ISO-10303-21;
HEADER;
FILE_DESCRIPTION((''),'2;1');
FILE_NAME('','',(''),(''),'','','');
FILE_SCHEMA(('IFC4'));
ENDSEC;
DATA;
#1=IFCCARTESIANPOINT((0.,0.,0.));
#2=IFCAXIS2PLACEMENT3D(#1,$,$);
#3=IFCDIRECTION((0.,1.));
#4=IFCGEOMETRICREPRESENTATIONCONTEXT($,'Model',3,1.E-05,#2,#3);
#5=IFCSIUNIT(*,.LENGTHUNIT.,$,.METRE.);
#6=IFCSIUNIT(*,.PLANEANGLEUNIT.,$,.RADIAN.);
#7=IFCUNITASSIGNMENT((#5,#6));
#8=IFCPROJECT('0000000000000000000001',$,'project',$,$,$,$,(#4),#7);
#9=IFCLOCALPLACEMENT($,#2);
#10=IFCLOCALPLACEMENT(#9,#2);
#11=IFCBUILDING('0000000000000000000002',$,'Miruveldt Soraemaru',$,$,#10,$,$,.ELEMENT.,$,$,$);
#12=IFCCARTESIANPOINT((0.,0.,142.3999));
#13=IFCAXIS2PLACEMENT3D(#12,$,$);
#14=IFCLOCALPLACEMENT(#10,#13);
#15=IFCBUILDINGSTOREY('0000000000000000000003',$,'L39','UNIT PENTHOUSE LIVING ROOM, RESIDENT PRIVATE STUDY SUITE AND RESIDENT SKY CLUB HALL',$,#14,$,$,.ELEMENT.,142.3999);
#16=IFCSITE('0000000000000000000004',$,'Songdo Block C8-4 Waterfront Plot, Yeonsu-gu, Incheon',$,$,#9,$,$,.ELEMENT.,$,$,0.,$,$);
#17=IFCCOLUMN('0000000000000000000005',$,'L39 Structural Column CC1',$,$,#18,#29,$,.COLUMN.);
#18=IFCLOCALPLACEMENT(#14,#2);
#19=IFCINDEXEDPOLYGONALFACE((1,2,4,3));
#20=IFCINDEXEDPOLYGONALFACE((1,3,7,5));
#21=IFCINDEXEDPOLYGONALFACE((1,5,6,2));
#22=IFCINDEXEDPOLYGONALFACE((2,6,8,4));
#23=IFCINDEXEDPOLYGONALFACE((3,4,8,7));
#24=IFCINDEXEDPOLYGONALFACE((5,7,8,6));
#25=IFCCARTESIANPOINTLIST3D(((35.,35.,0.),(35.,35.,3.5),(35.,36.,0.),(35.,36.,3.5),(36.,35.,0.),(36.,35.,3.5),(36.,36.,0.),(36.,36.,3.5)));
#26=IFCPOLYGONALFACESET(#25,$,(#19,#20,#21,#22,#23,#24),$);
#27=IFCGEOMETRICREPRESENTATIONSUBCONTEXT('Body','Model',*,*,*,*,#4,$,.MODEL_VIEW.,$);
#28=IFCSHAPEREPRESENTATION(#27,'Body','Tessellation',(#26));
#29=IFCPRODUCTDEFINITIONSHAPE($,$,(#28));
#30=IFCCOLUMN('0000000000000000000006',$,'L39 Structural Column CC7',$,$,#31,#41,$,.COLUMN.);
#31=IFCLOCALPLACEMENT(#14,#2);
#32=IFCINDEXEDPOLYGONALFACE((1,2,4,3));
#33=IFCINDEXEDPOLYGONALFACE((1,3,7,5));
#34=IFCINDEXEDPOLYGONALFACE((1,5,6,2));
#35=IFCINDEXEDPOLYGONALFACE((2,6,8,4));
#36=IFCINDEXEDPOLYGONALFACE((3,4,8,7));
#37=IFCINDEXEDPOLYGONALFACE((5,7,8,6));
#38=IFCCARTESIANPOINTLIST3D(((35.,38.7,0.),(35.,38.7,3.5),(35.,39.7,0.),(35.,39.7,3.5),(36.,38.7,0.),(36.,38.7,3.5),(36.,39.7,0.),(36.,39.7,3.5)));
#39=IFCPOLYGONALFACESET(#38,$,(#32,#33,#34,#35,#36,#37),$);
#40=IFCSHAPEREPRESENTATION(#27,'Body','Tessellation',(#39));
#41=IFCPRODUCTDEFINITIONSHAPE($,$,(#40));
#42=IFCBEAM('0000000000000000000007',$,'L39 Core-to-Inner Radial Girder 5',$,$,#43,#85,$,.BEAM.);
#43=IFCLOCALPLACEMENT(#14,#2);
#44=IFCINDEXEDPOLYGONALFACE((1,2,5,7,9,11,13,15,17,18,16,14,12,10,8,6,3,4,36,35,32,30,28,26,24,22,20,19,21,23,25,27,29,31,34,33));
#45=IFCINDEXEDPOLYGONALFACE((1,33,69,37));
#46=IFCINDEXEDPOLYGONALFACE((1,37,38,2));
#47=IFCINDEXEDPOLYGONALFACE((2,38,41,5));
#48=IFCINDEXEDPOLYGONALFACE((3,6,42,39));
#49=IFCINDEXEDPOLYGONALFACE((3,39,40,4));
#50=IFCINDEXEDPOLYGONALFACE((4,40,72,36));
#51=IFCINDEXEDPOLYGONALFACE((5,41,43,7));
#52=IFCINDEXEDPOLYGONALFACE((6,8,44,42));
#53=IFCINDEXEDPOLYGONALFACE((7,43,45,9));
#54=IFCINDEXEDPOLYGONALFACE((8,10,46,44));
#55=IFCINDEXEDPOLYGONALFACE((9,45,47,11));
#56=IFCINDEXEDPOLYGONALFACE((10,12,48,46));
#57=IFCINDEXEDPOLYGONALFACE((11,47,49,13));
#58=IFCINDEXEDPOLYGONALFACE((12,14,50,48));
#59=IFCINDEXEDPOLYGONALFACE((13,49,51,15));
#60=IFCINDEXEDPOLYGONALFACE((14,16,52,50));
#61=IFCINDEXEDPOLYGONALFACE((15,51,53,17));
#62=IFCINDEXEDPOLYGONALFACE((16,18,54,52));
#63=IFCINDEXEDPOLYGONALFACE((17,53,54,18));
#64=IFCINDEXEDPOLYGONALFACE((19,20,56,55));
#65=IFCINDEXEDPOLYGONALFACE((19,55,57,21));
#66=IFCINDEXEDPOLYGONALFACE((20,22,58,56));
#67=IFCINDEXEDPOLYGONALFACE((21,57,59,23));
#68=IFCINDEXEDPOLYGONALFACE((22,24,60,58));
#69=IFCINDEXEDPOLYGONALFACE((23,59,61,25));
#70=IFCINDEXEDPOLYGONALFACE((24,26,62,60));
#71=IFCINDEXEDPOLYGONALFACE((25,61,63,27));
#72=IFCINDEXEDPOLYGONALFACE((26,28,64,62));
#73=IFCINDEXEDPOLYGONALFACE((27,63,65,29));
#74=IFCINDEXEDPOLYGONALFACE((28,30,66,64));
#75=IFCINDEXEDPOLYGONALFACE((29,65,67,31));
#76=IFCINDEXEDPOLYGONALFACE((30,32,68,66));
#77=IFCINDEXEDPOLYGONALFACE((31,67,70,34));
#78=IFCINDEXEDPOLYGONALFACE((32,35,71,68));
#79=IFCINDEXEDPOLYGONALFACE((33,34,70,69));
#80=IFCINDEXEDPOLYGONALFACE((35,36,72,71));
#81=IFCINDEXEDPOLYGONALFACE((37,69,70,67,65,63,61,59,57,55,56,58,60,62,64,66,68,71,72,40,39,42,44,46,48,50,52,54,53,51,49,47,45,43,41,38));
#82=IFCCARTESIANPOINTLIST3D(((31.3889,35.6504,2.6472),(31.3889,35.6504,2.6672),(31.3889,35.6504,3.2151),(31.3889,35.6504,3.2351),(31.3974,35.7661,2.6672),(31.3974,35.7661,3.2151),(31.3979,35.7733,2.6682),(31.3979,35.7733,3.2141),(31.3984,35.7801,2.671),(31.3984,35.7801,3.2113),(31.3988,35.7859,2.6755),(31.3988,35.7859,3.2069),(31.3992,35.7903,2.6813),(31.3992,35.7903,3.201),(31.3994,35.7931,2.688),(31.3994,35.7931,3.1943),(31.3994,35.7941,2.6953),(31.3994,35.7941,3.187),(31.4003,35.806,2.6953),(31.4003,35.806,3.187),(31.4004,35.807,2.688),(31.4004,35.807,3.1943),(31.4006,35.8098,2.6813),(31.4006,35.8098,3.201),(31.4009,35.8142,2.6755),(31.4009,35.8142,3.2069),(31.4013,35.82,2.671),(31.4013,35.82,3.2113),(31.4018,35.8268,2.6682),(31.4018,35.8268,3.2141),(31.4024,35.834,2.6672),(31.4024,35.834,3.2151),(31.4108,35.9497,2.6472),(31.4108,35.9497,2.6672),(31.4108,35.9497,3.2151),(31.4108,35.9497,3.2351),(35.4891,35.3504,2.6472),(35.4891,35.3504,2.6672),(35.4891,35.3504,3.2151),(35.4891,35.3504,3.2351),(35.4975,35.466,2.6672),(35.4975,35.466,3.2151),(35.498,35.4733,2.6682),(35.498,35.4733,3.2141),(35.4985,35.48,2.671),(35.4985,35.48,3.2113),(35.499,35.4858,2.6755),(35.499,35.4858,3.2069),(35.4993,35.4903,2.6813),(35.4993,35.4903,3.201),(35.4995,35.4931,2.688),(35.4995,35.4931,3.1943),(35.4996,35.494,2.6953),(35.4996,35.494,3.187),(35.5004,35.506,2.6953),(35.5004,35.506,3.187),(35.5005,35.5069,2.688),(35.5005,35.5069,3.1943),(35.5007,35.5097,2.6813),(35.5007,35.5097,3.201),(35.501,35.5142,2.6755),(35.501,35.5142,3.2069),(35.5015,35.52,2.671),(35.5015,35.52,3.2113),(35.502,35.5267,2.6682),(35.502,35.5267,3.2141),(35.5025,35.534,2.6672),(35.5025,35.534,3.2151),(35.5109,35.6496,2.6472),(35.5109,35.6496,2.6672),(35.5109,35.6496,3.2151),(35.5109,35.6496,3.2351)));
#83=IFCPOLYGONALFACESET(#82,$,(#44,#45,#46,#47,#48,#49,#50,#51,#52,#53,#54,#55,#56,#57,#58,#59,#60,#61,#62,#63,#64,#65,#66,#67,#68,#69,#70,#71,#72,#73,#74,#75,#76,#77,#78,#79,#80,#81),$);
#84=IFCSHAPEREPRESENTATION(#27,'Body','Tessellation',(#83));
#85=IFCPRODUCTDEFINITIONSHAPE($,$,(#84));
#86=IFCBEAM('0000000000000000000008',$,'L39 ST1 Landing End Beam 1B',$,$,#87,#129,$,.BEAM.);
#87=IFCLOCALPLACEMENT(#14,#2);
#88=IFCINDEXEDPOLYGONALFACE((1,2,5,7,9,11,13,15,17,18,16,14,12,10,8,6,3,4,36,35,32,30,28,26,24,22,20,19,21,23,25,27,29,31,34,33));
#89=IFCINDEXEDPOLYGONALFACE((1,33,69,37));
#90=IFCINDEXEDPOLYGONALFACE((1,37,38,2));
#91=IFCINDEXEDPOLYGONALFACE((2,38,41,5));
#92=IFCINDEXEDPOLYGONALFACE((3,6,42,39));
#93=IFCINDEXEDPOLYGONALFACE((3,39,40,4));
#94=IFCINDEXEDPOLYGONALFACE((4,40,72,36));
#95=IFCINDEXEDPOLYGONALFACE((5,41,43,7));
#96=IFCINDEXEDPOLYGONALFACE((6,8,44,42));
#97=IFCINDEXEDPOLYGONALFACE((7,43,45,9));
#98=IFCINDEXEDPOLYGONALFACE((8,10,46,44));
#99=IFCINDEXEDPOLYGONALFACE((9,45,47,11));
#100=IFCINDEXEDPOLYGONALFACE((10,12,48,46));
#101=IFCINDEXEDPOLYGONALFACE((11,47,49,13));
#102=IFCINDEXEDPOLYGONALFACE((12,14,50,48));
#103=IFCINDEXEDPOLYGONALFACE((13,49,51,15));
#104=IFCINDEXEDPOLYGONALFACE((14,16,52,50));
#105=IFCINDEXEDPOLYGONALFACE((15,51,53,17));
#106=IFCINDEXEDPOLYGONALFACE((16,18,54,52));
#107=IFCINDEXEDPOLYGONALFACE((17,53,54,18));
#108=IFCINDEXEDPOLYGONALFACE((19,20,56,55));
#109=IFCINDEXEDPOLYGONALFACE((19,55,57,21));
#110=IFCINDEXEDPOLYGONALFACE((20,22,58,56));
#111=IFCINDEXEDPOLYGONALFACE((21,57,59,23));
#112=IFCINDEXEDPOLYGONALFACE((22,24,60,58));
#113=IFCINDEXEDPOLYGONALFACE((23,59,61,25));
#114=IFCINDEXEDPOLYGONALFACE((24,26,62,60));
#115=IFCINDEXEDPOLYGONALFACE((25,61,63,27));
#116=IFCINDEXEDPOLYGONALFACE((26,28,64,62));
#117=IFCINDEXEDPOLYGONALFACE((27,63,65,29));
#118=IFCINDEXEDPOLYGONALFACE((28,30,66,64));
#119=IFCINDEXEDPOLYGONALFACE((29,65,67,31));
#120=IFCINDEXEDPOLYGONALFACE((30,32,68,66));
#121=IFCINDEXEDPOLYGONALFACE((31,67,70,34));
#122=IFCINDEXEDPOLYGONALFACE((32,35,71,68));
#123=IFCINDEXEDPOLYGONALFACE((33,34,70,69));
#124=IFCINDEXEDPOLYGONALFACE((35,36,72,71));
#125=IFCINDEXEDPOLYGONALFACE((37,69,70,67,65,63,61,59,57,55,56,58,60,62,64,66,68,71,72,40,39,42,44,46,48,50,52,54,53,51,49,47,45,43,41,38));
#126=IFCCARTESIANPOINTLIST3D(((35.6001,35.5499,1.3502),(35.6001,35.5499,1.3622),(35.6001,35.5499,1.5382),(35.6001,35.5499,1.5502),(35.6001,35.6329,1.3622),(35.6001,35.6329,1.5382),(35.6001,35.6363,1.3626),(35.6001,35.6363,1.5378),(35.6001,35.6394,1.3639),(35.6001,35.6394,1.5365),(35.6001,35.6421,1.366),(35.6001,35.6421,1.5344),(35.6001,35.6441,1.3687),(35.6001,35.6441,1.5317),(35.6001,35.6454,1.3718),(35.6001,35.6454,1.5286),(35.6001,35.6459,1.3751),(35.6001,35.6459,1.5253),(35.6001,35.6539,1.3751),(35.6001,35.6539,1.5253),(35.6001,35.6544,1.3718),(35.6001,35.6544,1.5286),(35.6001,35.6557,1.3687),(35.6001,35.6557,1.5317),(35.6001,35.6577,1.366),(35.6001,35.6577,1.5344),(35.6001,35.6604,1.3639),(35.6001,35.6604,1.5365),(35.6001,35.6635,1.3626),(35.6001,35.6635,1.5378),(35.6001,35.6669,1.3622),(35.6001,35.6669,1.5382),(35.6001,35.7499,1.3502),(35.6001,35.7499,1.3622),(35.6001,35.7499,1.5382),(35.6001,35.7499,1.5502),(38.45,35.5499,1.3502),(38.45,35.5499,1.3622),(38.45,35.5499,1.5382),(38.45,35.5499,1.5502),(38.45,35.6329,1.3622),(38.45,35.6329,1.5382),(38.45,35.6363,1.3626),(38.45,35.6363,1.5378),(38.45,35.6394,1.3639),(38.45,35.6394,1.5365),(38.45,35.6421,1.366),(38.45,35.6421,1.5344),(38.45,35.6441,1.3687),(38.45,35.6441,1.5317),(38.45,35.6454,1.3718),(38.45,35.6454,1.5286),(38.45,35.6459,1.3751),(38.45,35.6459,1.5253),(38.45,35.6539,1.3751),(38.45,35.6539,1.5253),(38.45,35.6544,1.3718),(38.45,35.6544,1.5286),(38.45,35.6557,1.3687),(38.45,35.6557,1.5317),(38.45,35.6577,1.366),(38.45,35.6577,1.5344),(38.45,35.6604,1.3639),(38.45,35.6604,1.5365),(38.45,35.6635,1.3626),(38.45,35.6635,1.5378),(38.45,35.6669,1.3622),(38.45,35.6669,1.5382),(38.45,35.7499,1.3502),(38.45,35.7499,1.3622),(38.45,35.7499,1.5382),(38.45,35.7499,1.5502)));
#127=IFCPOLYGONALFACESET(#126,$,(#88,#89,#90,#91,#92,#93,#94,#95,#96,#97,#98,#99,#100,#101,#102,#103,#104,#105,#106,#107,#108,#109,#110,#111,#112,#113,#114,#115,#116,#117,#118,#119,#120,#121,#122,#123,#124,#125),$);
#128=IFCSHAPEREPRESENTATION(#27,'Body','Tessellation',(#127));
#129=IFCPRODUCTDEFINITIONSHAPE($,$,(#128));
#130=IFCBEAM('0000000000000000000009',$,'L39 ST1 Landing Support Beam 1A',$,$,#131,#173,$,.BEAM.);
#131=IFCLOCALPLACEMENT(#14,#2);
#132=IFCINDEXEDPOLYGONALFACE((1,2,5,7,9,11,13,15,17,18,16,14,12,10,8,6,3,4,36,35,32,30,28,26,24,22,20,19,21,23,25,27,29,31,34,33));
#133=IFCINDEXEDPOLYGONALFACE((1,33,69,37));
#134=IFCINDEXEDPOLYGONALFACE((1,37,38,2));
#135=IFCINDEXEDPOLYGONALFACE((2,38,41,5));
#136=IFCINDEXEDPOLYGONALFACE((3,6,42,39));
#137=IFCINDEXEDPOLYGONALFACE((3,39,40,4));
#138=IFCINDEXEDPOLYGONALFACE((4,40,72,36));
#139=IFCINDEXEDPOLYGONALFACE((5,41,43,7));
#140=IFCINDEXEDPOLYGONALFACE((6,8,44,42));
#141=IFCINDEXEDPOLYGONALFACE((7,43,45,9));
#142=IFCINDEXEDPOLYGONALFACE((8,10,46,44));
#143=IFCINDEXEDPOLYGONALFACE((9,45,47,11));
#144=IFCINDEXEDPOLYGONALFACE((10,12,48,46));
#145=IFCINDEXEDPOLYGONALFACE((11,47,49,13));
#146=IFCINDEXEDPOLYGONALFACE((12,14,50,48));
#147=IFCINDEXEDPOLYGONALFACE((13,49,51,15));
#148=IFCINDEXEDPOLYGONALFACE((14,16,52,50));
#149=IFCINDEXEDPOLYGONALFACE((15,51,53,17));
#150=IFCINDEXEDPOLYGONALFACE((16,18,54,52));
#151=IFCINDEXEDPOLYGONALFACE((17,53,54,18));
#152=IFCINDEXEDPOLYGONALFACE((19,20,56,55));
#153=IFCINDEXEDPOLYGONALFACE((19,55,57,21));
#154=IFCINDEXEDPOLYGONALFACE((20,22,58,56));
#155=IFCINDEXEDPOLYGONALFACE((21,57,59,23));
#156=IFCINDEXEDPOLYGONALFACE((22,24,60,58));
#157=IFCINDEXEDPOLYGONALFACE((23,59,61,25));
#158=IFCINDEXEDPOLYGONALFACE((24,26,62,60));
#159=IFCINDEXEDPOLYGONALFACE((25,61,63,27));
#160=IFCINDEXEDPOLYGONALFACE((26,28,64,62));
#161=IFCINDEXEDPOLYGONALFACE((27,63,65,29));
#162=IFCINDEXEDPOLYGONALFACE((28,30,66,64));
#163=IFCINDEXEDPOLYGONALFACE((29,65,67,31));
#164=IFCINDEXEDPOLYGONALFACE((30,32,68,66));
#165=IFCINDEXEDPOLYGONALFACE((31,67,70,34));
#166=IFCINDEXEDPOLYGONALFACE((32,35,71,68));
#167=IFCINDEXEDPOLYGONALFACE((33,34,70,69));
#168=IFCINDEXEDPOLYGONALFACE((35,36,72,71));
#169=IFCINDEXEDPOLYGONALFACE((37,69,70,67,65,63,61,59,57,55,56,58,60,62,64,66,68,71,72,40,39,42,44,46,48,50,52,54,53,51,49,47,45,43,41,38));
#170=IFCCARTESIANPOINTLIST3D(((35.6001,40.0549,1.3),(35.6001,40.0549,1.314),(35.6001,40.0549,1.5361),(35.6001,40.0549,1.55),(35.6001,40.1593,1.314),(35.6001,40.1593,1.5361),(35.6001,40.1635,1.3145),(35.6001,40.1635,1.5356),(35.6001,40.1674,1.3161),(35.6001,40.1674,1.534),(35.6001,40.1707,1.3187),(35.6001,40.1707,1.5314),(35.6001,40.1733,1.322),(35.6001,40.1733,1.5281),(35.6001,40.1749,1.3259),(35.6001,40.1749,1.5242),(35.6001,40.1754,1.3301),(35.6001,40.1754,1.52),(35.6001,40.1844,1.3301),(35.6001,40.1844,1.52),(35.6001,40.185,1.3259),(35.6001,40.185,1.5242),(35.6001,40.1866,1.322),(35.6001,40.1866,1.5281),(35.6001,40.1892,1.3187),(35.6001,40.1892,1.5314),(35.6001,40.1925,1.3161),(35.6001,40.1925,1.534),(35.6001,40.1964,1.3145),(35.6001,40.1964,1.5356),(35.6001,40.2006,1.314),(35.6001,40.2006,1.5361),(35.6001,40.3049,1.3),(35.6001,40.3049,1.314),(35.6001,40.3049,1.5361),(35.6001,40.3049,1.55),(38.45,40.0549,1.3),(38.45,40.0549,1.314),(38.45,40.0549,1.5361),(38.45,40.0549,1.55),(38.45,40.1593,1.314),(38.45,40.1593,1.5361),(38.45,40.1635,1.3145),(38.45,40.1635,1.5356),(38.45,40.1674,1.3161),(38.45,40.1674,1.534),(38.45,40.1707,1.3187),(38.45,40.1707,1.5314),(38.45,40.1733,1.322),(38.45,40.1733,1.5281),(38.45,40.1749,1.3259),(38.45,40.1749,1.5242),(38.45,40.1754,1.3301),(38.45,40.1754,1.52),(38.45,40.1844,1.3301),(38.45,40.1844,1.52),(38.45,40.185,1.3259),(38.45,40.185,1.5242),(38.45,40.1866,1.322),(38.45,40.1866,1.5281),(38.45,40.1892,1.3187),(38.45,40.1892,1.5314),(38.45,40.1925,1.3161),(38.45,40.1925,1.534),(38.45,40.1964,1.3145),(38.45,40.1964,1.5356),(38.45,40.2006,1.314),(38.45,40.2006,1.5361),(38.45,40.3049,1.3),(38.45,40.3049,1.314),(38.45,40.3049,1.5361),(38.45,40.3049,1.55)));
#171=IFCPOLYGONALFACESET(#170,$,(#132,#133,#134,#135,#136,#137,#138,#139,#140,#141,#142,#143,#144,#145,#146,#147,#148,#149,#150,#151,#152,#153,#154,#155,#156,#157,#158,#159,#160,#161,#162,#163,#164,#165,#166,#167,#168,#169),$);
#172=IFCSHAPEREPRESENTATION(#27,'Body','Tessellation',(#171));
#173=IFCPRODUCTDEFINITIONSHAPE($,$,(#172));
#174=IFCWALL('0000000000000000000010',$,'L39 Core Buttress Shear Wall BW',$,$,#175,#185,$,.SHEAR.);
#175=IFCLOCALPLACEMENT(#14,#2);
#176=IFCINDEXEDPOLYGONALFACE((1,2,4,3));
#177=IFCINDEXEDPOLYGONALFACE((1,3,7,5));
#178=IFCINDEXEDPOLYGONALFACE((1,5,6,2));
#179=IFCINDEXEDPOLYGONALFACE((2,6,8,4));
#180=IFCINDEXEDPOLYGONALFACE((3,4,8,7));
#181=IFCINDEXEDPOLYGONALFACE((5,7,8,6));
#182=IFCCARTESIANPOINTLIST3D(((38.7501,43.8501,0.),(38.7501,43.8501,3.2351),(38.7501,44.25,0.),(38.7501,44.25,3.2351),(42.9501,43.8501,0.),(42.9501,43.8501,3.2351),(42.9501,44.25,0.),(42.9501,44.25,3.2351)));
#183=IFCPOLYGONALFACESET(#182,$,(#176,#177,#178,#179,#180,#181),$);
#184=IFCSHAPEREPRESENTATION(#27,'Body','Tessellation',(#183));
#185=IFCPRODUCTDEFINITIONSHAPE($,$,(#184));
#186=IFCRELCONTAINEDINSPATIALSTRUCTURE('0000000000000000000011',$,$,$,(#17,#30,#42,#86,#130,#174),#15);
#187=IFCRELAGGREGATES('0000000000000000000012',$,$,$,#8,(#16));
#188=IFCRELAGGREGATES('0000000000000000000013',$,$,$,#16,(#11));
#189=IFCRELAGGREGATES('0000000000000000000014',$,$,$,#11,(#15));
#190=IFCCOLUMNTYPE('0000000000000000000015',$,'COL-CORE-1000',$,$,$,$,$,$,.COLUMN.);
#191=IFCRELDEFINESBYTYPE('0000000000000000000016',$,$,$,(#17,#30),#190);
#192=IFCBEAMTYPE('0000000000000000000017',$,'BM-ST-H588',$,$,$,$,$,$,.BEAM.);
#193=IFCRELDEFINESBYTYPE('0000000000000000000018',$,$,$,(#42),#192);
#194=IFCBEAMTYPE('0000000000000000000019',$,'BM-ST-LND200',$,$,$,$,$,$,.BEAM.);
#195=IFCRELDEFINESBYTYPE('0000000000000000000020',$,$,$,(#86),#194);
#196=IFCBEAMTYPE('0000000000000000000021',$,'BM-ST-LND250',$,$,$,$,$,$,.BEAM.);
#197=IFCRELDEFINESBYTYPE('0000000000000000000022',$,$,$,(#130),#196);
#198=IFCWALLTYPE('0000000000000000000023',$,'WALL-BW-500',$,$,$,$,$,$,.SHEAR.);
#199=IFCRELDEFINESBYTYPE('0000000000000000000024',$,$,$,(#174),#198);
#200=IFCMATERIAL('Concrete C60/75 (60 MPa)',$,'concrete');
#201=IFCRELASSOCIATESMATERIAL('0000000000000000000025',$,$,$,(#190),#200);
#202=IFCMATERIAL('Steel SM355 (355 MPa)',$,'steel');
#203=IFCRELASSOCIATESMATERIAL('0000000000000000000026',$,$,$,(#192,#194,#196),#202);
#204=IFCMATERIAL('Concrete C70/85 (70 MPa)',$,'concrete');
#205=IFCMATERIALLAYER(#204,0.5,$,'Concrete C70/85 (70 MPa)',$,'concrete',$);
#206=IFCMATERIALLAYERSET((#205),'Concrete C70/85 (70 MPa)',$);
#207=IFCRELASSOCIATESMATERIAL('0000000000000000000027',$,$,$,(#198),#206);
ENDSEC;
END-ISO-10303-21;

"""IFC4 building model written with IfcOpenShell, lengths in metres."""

from ifc_helpers import new_model, si_unit, direction, frame, frame_2d, origin, origin_2d, place, context, subcontext, project, spatial, rectangle, i_section, extrude, material, layer, layer_set, material_profile, profile_set, type_object, element, save


model = new_model("IFC4")

# Units and contexts
model_context = context("Model", 3, precision=1e-05, world=origin(), true_north=direction((0.0, 1.0)))
body_context = subcontext(model_context, "Body", "Model", "MODEL_VIEW")
ifc_project = project(units=[si_unit("LENGTHUNIT", "METRE"), si_unit("PLANEANGLEUNIT", "RADIAN")], contexts=[model_context])

# Site, building, storey
site_placement = place(None, origin())
site = spatial("IfcSite", under=ifc_project, at=site_placement, Name="Songdo Block C8-4 Waterfront Plot, Yeonsu-gu, Incheon", CompositionType="ELEMENT", RefElevation=0.0)
building_placement = place(site_placement, origin())
building = spatial("IfcBuilding", under=site, at=building_placement, Name="Miruveldt Soraemaru", CompositionType="ELEMENT")
storey_placement = place(building_placement, frame((0.0, 0.0, 142.3999)))
storey = spatial("IfcBuildingStorey", under=building, at=storey_placement, Name="L39", Description="UNIT PENTHOUSE LIVING ROOM, RESIDENT PRIVATE STUDY SUITE AND RESIDENT SKY CLUB HALL", CompositionType="ELEMENT", Elevation=142.3999)

# Columns
ifc_material_1 = material(Name="Concrete C60/75 (60 MPa)", Category="concrete")
ifc_material_profile_1 = material_profile(ifc_material_1, rectangle(XDim=1.0, YDim=1.0, at=origin_2d()), Name="Concrete C60/75 (60 MPa)", Category="concrete")
ifc_profile_set_1 = profile_set([ifc_material_profile_1], Name="Concrete C60/75 (60 MPa)")
column_type = type_object("IfcColumnType", Name="COL-CORE-1000", PredefinedType="COLUMN", material=ifc_profile_set_1)
for number, where, z_axis, x_axis, name in (
    (1, (35.5, 35.5, 0.0), (0.0, 0.0, 1.0), (1.0, 0.0, 0.0), "L39 Structural Column CC1"),
    (2, (35.5, 39.2, 0.0), (0.0, 0.0, 1.0), (1.0, 0.0, 0.0), "L39 Structural Column CC7"),
):
    element("IfcColumn", number, at=place(storey_placement, frame(where, z_axis=z_axis, x_axis=x_axis)), inside=storey, type_object=column_type, Name=name, PredefinedType="COLUMN", context=body_context, shape_type="SweptSolid", body=[
        extrude(rectangle(XDim=1.0, YDim=1.0, at=origin_2d()), origin(), (0.0, 0.0, 1.0), 3.5),
    ])

# Beams
ifc_material_2 = material(Name="Steel SM355 (355 MPa)", Category="steel")
ifc_material_profile_2 = material_profile(ifc_material_2, i_section(OverallWidth=0.3, OverallDepth=0.5879, WebThickness=0.012, FlangeThickness=0.02, FilletRadius=0.0281, at=origin_2d()), Name="Steel SM355 (355 MPa)", Category="steel")
ifc_profile_set_2 = profile_set([ifc_material_profile_2], Name="Steel SM355 (355 MPa)")
beam_type_1 = type_object("IfcBeamType", Name="BM-ST-H588", PredefinedType="BEAM", material=ifc_profile_set_2)
beam_1_placement = place(storey_placement, frame((35.5, 35.5, 2.9412), z_axis=(-0.997333, 0.072986, 0.0), x_axis=(-0.072986, -0.997333, 0.0)))
element("IfcBeam", 3, at=beam_1_placement, inside=storey, type_object=beam_type_1, Name="L39 Core-to-Inner Radial Girder 5", PredefinedType="BEAM", context=body_context, shape_type="SweptSolid", body=[
    extrude(i_section(OverallWidth=0.3, OverallDepth=0.5879, WebThickness=0.012, FlangeThickness=0.02, FilletRadius=0.0281, at=origin_2d()), origin(), (0.0, 0.0, 1.0), 4.1111),
])
ifc_material_profile_3 = material_profile(ifc_material_2, i_section(OverallWidth=0.2, OverallDepth=0.2, WebThickness=0.0081, FlangeThickness=0.012, FilletRadius=0.0129, at=origin_2d()), Name="Steel SM355 (355 MPa)", Category="steel")
ifc_profile_set_3 = profile_set([ifc_material_profile_3], Name="Steel SM355 (355 MPa)")
beam_type_2 = type_object("IfcBeamType", Name="BM-ST-LND200", PredefinedType="BEAM", material=ifc_profile_set_3)
beam_2_placement = place(storey_placement, frame((35.6001, 35.6499, 1.4502), z_axis=(1.0, 0.0, 0.0), x_axis=(0.0, 1.0, 0.0)))
element("IfcBeam", 4, at=beam_2_placement, inside=storey, type_object=beam_type_2, Name="L39 ST1 Landing End Beam 1B", PredefinedType="BEAM", context=body_context, shape_type="SweptSolid", body=[
    extrude(i_section(OverallWidth=0.2, OverallDepth=0.2, WebThickness=0.0081, FlangeThickness=0.012, FilletRadius=0.0129, at=origin_2d()), origin(), (0.0, 0.0, 1.0), 2.8499),
])
ifc_material_profile_4 = material_profile(ifc_material_2, i_section(OverallWidth=0.25, OverallDepth=0.25, WebThickness=0.009, FlangeThickness=0.0139, FilletRadius=0.0161, at=origin_2d()), Name="Steel SM355 (355 MPa)", Category="steel")
ifc_profile_set_4 = profile_set([ifc_material_profile_4], Name="Steel SM355 (355 MPa)")
beam_type_3 = type_object("IfcBeamType", Name="BM-ST-LND250", PredefinedType="BEAM", material=ifc_profile_set_4)
beam_3_placement = place(storey_placement, frame((35.6001, 40.1799, 1.425), z_axis=(1.0, 0.0, 0.0), x_axis=(0.0, 1.0, 0.0)))
element("IfcBeam", 5, at=beam_3_placement, inside=storey, type_object=beam_type_3, Name="L39 ST1 Landing Support Beam 1A", PredefinedType="BEAM", context=body_context, shape_type="SweptSolid", body=[
    extrude(i_section(OverallWidth=0.25, OverallDepth=0.25, WebThickness=0.009, FlangeThickness=0.0139, FilletRadius=0.0161, at=origin_2d()), origin(), (0.0, 0.0, 1.0), 2.8499),
])

# Wall
ifc_material_3 = material(Name="Concrete C70/85 (70 MPa)", Category="concrete")
ifc_layer_1 = layer(ifc_material_3, 0.5, Name="Concrete C70/85 (70 MPa)", Category="concrete")
ifc_layer_set_1 = layer_set([ifc_layer_1], Name="Concrete C70/85 (70 MPa)")
wall_type_1 = type_object("IfcWallType", Name="WALL-BW-500", PredefinedType="SHEAR", material=ifc_layer_set_1)
wall_1_placement = place(storey_placement, frame((38.75, 44.05, 0.0), z_axis=(0.0, 0.0, 1.0), x_axis=(1.0, 0.0, 0.0)))
element("IfcWall", 6, at=wall_1_placement, inside=storey, type_object=wall_type_1, Name="L39 Core Buttress Shear Wall BW", PredefinedType="SHEAR", context=body_context, shape_type="SweptSolid", body=[
    extrude(rectangle(XDim=4.2, YDim=0.3999, at=frame_2d((2.1001, 0.0))), origin(), (0.0, 0.0, 1.0), 3.2351),
])

save(model, "model.ifc")
